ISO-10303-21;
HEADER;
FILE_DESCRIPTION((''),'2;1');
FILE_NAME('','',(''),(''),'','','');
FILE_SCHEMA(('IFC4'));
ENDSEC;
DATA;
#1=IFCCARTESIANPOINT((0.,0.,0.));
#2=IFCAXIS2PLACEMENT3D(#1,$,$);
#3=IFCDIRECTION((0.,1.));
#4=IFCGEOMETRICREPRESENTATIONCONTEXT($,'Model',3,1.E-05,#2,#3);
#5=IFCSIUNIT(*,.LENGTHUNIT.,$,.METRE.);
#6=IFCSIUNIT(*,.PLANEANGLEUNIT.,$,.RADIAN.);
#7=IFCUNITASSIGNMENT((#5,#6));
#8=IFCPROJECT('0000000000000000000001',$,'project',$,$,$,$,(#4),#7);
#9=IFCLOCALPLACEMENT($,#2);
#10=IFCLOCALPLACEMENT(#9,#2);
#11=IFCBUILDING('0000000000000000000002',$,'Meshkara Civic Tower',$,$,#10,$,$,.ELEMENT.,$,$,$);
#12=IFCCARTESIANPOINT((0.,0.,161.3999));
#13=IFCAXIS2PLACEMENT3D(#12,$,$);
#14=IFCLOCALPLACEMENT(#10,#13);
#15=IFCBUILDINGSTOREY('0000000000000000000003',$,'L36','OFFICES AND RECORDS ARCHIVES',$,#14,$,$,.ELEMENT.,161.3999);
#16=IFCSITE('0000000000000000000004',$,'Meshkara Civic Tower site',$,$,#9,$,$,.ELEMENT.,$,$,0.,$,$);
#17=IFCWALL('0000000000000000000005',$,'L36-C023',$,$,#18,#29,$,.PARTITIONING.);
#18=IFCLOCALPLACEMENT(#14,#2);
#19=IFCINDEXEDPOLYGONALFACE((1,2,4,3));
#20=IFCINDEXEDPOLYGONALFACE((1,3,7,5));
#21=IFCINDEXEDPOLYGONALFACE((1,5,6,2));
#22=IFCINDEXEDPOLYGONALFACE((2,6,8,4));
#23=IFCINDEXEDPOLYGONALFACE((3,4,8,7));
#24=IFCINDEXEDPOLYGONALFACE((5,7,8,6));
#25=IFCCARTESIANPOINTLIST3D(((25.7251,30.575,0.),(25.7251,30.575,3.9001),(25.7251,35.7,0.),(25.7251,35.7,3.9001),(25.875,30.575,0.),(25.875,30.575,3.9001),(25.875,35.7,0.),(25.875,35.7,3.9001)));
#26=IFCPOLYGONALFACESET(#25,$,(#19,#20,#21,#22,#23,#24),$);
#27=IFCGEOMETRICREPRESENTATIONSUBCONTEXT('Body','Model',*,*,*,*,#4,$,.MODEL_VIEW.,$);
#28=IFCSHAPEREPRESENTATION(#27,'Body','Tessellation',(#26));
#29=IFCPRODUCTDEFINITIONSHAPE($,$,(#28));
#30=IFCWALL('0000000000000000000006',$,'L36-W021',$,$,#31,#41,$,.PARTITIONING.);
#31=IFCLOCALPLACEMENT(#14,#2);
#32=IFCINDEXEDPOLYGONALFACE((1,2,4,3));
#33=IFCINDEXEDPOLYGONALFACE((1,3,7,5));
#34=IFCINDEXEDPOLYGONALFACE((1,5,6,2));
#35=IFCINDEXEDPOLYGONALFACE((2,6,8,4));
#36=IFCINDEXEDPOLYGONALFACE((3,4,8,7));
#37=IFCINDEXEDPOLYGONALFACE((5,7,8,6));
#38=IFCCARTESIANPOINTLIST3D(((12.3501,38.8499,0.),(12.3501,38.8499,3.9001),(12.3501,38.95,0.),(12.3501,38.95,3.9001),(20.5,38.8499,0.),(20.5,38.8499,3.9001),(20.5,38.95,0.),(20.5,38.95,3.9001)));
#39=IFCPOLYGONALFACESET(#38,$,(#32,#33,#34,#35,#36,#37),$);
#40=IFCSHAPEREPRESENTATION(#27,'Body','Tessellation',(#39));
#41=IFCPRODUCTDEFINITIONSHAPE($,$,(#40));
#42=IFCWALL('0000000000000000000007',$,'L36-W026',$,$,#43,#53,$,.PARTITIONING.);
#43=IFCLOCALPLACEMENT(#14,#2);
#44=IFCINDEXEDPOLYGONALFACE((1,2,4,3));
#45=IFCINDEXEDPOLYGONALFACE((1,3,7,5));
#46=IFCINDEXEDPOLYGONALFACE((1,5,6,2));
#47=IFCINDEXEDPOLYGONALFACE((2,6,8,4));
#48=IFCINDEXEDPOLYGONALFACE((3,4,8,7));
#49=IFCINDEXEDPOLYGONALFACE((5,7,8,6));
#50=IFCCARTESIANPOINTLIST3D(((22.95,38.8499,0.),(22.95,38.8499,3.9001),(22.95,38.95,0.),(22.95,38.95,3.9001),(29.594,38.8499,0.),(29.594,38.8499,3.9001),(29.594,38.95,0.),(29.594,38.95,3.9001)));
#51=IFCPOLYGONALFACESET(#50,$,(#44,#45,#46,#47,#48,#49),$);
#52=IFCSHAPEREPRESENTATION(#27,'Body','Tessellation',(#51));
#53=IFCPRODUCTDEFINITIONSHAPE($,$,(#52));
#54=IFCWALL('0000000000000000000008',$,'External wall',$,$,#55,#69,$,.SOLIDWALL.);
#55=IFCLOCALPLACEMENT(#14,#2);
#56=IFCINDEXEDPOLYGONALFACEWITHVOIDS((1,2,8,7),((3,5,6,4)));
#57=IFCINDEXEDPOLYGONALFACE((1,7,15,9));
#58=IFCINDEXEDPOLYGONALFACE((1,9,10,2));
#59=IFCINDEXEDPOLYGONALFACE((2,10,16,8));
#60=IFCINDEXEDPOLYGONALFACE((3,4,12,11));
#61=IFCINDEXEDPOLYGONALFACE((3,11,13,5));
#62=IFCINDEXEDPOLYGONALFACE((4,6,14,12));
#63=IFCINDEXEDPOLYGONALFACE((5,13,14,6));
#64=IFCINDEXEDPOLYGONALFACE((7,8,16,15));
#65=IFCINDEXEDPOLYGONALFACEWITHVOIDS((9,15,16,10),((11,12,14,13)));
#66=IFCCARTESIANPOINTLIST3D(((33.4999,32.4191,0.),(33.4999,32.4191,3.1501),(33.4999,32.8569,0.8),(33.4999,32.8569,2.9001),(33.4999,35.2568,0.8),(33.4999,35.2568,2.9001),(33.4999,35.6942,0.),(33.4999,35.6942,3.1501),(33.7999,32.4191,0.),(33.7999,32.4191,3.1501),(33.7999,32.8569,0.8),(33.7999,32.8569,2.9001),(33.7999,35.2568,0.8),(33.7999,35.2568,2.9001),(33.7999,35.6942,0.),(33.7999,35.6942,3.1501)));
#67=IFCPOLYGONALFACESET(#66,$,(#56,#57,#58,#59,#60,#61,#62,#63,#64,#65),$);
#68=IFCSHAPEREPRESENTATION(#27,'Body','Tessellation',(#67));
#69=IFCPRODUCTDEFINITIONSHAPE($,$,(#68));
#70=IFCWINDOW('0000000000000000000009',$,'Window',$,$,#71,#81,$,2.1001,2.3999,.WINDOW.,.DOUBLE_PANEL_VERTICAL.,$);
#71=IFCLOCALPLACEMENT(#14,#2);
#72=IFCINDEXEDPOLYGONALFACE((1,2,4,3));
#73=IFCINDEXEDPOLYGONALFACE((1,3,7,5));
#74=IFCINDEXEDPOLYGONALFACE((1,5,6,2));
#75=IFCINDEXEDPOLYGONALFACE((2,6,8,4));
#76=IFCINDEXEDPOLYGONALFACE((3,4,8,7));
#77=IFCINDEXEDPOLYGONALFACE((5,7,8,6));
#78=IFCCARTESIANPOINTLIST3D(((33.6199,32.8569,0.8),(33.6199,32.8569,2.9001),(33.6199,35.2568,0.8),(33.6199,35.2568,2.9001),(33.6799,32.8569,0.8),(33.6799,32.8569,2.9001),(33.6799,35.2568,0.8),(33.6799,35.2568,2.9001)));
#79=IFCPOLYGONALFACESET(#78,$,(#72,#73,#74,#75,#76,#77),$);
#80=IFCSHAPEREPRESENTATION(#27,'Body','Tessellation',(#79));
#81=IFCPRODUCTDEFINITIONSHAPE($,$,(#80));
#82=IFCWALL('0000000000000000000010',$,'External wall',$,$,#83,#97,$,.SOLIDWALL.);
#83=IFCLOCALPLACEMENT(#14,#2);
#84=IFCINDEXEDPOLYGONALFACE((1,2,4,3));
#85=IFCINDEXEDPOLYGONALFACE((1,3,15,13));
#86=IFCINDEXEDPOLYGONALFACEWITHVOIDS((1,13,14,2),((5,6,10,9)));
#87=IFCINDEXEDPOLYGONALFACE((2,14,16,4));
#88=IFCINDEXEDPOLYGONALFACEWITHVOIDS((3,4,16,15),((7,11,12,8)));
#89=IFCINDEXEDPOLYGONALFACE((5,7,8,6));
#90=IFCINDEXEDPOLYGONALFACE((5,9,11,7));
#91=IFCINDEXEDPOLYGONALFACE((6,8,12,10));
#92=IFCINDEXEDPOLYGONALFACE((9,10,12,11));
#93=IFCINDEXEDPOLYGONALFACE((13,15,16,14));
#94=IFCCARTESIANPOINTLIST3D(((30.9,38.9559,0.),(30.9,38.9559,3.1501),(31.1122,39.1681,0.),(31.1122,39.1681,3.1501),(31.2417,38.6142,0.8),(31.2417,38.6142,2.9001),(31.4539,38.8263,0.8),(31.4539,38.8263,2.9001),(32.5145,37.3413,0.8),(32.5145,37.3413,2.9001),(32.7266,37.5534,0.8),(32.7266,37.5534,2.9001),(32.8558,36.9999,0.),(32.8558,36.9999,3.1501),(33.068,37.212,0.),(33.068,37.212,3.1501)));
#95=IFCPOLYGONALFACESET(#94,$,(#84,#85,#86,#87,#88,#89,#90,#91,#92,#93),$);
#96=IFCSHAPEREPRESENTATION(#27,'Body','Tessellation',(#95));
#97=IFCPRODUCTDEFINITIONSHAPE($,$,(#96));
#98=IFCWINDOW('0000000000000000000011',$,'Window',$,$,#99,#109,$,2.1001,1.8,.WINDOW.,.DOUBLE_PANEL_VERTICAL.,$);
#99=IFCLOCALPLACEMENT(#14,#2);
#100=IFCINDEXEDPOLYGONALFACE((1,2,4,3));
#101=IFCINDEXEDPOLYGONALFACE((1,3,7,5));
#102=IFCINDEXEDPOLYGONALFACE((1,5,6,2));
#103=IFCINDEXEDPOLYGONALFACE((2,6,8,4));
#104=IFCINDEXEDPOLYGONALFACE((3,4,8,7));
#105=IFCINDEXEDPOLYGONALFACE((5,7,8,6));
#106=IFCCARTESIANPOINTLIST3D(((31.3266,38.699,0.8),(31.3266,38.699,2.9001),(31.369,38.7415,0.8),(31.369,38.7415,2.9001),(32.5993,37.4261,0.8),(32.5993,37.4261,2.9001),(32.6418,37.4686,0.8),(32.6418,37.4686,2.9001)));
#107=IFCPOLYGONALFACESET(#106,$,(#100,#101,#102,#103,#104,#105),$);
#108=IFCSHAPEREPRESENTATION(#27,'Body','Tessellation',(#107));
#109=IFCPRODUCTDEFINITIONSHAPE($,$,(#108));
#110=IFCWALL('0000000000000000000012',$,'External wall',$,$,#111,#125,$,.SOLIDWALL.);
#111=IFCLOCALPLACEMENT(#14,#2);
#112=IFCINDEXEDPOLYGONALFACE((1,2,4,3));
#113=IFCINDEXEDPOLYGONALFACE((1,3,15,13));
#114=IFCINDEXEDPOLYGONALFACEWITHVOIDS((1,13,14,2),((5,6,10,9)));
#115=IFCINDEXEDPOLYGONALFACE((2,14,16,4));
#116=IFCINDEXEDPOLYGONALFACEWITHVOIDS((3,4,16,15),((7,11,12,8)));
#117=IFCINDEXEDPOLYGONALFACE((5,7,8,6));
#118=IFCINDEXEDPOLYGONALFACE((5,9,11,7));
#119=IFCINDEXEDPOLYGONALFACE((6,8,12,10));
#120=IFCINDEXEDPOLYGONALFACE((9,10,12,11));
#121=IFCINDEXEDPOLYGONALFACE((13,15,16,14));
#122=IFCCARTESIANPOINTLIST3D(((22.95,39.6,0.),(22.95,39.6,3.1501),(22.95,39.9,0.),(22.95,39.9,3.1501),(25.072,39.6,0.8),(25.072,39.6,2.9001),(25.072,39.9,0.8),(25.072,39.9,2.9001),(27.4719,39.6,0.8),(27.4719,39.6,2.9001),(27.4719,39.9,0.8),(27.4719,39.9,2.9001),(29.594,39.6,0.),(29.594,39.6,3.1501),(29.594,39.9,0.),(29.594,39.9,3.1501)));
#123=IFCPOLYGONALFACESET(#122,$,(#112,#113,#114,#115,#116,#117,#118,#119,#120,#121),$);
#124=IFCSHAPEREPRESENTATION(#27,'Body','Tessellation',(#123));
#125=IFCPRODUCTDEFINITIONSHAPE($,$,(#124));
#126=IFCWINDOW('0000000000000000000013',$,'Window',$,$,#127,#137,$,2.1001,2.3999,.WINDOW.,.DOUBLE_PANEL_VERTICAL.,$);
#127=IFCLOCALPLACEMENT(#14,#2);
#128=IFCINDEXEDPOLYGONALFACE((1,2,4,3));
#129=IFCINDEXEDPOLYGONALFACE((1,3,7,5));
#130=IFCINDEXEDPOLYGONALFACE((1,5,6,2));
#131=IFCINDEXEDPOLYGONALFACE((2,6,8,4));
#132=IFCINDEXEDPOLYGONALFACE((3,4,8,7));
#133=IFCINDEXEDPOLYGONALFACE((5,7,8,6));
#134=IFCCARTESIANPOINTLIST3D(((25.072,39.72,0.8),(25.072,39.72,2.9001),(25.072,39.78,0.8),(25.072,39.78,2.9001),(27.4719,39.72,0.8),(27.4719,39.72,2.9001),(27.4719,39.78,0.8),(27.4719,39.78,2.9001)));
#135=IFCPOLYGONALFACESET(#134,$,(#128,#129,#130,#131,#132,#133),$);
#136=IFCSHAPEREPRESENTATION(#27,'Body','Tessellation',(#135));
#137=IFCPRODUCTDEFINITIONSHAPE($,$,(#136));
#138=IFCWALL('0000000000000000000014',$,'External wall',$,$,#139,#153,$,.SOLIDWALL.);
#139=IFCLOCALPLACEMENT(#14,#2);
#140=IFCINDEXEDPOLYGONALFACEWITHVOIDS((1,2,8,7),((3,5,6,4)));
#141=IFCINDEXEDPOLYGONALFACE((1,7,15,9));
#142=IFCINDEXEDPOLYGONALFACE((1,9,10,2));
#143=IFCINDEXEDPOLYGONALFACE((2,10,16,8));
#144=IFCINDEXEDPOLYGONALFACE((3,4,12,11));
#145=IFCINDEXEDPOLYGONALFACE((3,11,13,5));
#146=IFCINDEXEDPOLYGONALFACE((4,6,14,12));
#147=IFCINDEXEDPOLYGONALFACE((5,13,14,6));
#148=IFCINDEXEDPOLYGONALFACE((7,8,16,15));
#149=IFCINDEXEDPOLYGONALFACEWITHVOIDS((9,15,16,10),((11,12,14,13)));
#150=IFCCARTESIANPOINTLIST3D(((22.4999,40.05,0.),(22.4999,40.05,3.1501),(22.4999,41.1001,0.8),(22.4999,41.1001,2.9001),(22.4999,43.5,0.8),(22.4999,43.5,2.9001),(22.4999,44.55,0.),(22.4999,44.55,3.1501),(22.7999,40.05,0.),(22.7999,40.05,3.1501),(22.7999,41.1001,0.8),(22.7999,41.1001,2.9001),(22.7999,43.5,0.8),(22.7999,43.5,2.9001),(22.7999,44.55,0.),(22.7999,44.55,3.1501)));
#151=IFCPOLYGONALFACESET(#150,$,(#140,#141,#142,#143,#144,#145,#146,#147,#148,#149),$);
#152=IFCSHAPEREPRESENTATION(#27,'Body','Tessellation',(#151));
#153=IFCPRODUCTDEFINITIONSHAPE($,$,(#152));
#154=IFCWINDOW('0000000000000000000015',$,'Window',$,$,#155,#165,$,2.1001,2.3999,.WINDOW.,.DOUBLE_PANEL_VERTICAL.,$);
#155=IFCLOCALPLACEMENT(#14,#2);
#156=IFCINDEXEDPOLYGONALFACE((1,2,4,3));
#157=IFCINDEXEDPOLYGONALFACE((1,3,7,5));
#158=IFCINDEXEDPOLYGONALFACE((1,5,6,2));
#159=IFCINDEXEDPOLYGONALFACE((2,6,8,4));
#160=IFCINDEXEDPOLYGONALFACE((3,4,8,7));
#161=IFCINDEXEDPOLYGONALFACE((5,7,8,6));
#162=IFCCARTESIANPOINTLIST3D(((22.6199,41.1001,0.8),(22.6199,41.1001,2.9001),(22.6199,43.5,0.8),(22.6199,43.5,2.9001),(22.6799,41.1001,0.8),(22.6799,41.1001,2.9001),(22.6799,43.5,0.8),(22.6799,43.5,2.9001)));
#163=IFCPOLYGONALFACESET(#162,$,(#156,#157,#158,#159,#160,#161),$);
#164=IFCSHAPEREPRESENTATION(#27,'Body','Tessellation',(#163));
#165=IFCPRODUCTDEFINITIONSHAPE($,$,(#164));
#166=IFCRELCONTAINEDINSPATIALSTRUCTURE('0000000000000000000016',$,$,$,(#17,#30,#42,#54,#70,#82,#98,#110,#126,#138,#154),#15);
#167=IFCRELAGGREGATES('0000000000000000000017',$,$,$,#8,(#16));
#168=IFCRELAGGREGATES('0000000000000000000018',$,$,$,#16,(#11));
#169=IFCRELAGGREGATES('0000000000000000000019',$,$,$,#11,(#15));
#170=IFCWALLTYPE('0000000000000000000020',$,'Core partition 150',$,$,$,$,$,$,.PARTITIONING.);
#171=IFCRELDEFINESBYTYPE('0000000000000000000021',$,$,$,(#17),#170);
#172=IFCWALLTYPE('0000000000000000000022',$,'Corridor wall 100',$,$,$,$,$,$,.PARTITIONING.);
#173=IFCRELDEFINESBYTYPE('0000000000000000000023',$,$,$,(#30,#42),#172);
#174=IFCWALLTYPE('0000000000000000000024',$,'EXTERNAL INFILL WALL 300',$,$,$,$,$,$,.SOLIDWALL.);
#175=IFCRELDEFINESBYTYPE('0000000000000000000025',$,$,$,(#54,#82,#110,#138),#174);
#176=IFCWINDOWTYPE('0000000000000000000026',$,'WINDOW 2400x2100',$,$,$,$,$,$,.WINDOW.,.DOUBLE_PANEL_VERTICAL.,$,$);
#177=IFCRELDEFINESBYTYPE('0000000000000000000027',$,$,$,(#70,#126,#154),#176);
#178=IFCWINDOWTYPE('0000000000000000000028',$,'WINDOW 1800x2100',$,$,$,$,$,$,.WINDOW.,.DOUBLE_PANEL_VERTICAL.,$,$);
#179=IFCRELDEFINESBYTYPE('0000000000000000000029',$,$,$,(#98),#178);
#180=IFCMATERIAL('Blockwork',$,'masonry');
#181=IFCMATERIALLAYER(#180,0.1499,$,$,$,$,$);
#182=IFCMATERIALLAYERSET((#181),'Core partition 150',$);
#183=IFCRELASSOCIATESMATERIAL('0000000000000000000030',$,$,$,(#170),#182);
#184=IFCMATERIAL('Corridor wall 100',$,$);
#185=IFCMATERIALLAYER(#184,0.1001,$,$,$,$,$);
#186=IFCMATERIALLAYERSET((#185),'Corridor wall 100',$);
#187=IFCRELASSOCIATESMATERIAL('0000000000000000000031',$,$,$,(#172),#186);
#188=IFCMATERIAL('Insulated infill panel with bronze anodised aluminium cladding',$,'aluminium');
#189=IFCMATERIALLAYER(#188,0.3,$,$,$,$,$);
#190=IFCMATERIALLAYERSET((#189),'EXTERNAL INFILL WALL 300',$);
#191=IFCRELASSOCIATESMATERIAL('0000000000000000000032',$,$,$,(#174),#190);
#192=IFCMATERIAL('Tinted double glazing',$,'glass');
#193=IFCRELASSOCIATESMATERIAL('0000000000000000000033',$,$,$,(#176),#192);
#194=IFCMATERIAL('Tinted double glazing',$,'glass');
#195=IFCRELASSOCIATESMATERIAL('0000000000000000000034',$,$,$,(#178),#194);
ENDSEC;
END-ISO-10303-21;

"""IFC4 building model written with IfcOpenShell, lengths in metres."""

from ifc_helpers import new_model, si_unit, direction, frame, frame_2d, origin, place, context, subcontext, project, spatial, rectangle, extrude, material, layer, layer_set, type_object, element, fill, save


model = new_model("IFC4")

# Units and contexts
model_context = context("Model", 3, precision=1e-05, world=origin(), true_north=direction((0.0, 1.0)))
body_context = subcontext(model_context, "Body", "Model", "MODEL_VIEW")
ifc_project = project(units=[si_unit("LENGTHUNIT", "METRE"), si_unit("PLANEANGLEUNIT", "RADIAN")], contexts=[model_context])

# Site, building, storey
site_placement = place(None, origin())
site = spatial("IfcSite", under=ifc_project, at=site_placement, Name="Meshkara Civic Tower site", CompositionType="ELEMENT", RefElevation=0.0)
building_placement = place(site_placement, origin())
building = spatial("IfcBuilding", under=site, at=building_placement, Name="Meshkara Civic Tower", CompositionType="ELEMENT")
storey_placement = place(building_placement, frame((0.0, 0.0, 161.3999)))
storey = spatial("IfcBuildingStorey", under=building, at=storey_placement, Name="L36", Description="OFFICES AND RECORDS ARCHIVES", CompositionType="ELEMENT", Elevation=161.3999)

# Shared definitions
ifc_material_1 = material(Name="Blockwork", Category="masonry")
ifc_layer_1 = layer(ifc_material_1, 0.1499)
ifc_layer_set_1 = layer_set([ifc_layer_1], Name="Core partition 150")
wall_type_1 = type_object("IfcWallType", Name="Core partition 150", PredefinedType="PARTITIONING", material=ifc_layer_set_1)

# Walls
for number, where, z_axis, x_axis, name in (
    (1, (25.8, 30.575, 0.0), (0.0, 0.0, 1.0), (0.0, 1.0, 0.0), "L36-C023"),
):
    element("IfcWall", number, at=place(storey_placement, frame(where, z_axis=z_axis, x_axis=x_axis)), inside=storey, type_object=wall_type_1, Name=name, PredefinedType="PARTITIONING", context=body_context, shape_type="SweptSolid", body=[
        extrude(rectangle(XDim=5.125, YDim=0.1499, at=frame_2d((2.5625, 0.0))), origin(), (0.0, 0.0, 1.0), 3.9001),
    ])
ifc_material_2 = material(Name="Corridor wall 100")
ifc_layer_2 = layer(ifc_material_2, 0.1001)
ifc_layer_set_2 = layer_set([ifc_layer_2], Name="Corridor wall 100")
wall_type_2 = type_object("IfcWallType", Name="Corridor wall 100", PredefinedType="PARTITIONING", material=ifc_layer_set_2)
wall_1_placement = place(storey_placement, frame((20.5, 38.8999, 0.0), z_axis=(0.0, 0.0, 1.0), x_axis=(-1.0, 0.0, 0.0)))
element("IfcWall", 2, at=wall_1_placement, inside=storey, type_object=wall_type_2, Name="L36-W021", PredefinedType="PARTITIONING", context=body_context, shape_type="SweptSolid", body=[
    extrude(rectangle(XDim=8.1499, YDim=0.1001, at=frame_2d((4.075, 0.0))), origin(), (0.0, 0.0, 1.0), 3.9001),
])
wall_2_placement = place(storey_placement, frame((29.594, 38.8999, 0.0), z_axis=(0.0, 0.0, 1.0), x_axis=(-1.0, 0.0, 0.0)))
element("IfcWall", 3, at=wall_2_placement, inside=storey, type_object=wall_type_2, Name="L36-W026", PredefinedType="PARTITIONING", context=body_context, shape_type="SweptSolid", body=[
    extrude(rectangle(XDim=6.644, YDim=0.1001, at=frame_2d((3.322, 0.0))), origin(), (0.0, 0.0, 1.0), 3.9001),
])

# Walls, openings, windows
ifc_material_3 = material(Name="Insulated infill panel with bronze anodised aluminium cladding", Category="aluminium")
ifc_layer_3 = layer(ifc_material_3, 0.3)
ifc_layer_set_3 = layer_set([ifc_layer_3], Name="EXTERNAL INFILL WALL 300")
wall_type_3 = type_object("IfcWallType", Name="EXTERNAL INFILL WALL 300", PredefinedType="SOLIDWALL", material=ifc_layer_set_3)
wall_3_placement = place(storey_placement, frame((33.6499, 32.4189, 0.0), z_axis=(0.0, 0.0, 1.0), x_axis=(0.0, 1.0, 0.0)))
wall_3 = element("IfcWall", 4, at=wall_3_placement, inside=storey, type_object=wall_type_3, Name="External wall", PredefinedType="SOLIDWALL", context=body_context, shape_type="SweptSolid", body=[
    extrude(rectangle(XDim=3.2751, YDim=0.3, at=frame_2d((1.6377, 0.0))), origin(), (0.0, 0.0, 1.0), 3.1501),
])
opening_1_placement = place(wall_3_placement, frame((0.438, 0.0, 0.8)))
opening_1 = element("IfcOpeningElement", 5, at=opening_1_placement, cuts=wall_3, PredefinedType="OPENING", context=body_context, shape_type="SweptSolid", body=[
    extrude(rectangle(XDim=2.3999, YDim=2.1001, at=frame_2d((1.2, 1.05))), frame((0.0, 0.1599, 0.0), z_axis=(0.0, -1.0, 0.0), x_axis=(1.0, 0.0, 0.0)), (0.0, 0.0, 1.0), 0.3201),
])
ifc_material_4 = material(Name="Tinted double glazing", Category="glass")
window_type_1 = type_object("IfcWindowType", Name="WINDOW 2400x2100", PartitioningType="DOUBLE_PANEL_VERTICAL", PredefinedType="WINDOW", material=ifc_material_4)
window_1_placement = place(opening_1_placement, origin())
window_1 = element("IfcWindow", 6, at=window_1_placement, inside=storey, type_object=window_type_1, Name="Window", OverallHeight=2.1001, OverallWidth=2.3999, PartitioningType="DOUBLE_PANEL_VERTICAL", PredefinedType="WINDOW", context=body_context, shape_type="SweptSolid", body=[
    extrude(rectangle(XDim=2.3999, YDim=2.1001, at=frame_2d((1.2, 1.05))), frame((0.0, 0.03, 0.0), z_axis=(0.0, -1.0, 0.0), x_axis=(1.0, 0.0, 0.0)), (0.0, 0.0, 1.0), 0.0601),
])
fill(opening_1, window_1)
wall_4_placement = place(storey_placement, frame((32.9619, 37.106, 0.0), z_axis=(0.0, 0.0, 1.0), x_axis=(-0.707063, 0.707151, 0.0)))
wall_4 = element("IfcWall", 7, at=wall_4_placement, inside=storey, type_object=wall_type_3, Name="External wall", PredefinedType="SOLIDWALL", context=body_context, shape_type="SweptSolid", body=[
    extrude(rectangle(XDim=2.7661, YDim=0.3, at=frame_2d((1.3831, 0.0))), origin(), (0.0, 0.0, 1.0), 3.1501),
])
opening_2_placement = place(wall_4_placement, frame((0.4829, 0.0, 0.8)))
opening_2 = element("IfcOpeningElement", 8, at=opening_2_placement, cuts=wall_4, PredefinedType="OPENING", context=body_context, shape_type="SweptSolid", body=[
    extrude(rectangle(XDim=1.8, YDim=2.1001, at=frame_2d((0.8999, 1.05))), frame((0.0, 0.1599, 0.0), z_axis=(0.0, -1.0, 0.0), x_axis=(1.0, 0.0, 0.0)), (0.0, 0.0, 1.0), 0.3201),
])
ifc_material_5 = material(Name="Tinted double glazing", Category="glass")
window_type_2 = type_object("IfcWindowType", Name="WINDOW 1800x2100", PartitioningType="DOUBLE_PANEL_VERTICAL", PredefinedType="WINDOW", material=ifc_material_5)
window_2_placement = place(opening_2_placement, origin())
window_2 = element("IfcWindow", 9, at=window_2_placement, inside=storey, type_object=window_type_2, Name="Window", OverallHeight=2.1001, OverallWidth=1.8, PartitioningType="DOUBLE_PANEL_VERTICAL", PredefinedType="WINDOW", context=body_context, shape_type="SweptSolid", body=[
    extrude(rectangle(XDim=1.8, YDim=2.1001, at=frame_2d((0.8999, 1.05))), frame((0.0, 0.03, 0.0), z_axis=(0.0, -1.0, 0.0), x_axis=(1.0, 0.0, 0.0)), (0.0, 0.0, 1.0), 0.0601),
])
fill(opening_2, window_2)
wall_5_placement = place(storey_placement, frame((29.594, 39.75, 0.0), z_axis=(0.0, 0.0, 1.0), x_axis=(-1.0, 0.0, 0.0)))
wall_5 = element("IfcWall", 10, at=wall_5_placement, inside=storey, type_object=wall_type_3, Name="External wall", PredefinedType="SOLIDWALL", context=body_context, shape_type="SweptSolid", body=[
    extrude(rectangle(XDim=6.644, YDim=0.3, at=frame_2d((3.322, 0.0))), origin(), (0.0, 0.0, 1.0), 3.1501),
])
opening_3_placement = place(wall_5_placement, frame((2.1221, 0.0, 0.8)))
opening_3 = element("IfcOpeningElement", 11, at=opening_3_placement, cuts=wall_5, PredefinedType="OPENING", context=body_context, shape_type="SweptSolid", body=[
    extrude(rectangle(XDim=2.3999, YDim=2.1001, at=frame_2d((1.2, 1.05))), frame((0.0, 0.1599, 0.0), z_axis=(0.0, -1.0, 0.0), x_axis=(1.0, 0.0, 0.0)), (0.0, 0.0, 1.0), 0.3201),
])
window_3_placement = place(opening_3_placement, origin())
window_3 = element("IfcWindow", 12, at=window_3_placement, inside=storey, type_object=window_type_1, Name="Window", OverallHeight=2.1001, OverallWidth=2.3999, PartitioningType="DOUBLE_PANEL_VERTICAL", PredefinedType="WINDOW", context=body_context, shape_type="SweptSolid", body=[
    extrude(rectangle(XDim=2.3999, YDim=2.1001, at=frame_2d((1.2, 1.05))), frame((0.0, 0.03, 0.0), z_axis=(0.0, -1.0, 0.0), x_axis=(1.0, 0.0, 0.0)), (0.0, 0.0, 1.0), 0.0601),
])
fill(opening_3, window_3)
wall_6_placement = place(storey_placement, frame((22.6499, 40.05, 0.0), z_axis=(0.0, 0.0, 1.0), x_axis=(0.0, 1.0, 0.0)))
wall_6 = element("IfcWall", 13, at=wall_6_placement, inside=storey, type_object=wall_type_3, Name="External wall", PredefinedType="SOLIDWALL", context=body_context, shape_type="SweptSolid", body=[
    extrude(rectangle(XDim=4.5, YDim=0.3, at=frame_2d((2.25, 0.0))), origin(), (0.0, 0.0, 1.0), 3.1501),
])
opening_4_placement = place(wall_6_placement, frame((1.05, 0.0, 0.8)))
opening_4 = element("IfcOpeningElement", 14, at=opening_4_placement, cuts=wall_6, PredefinedType="OPENING", context=body_context, shape_type="SweptSolid", body=[
    extrude(rectangle(XDim=2.3999, YDim=2.1001, at=frame_2d((1.2, 1.05))), frame((0.0, 0.1599, 0.0), z_axis=(0.0, -1.0, 0.0), x_axis=(1.0, 0.0, 0.0)), (0.0, 0.0, 1.0), 0.3201),
])
window_4_placement = place(opening_4_placement, origin())
window_4 = element("IfcWindow", 15, at=window_4_placement, inside=storey, type_object=window_type_1, Name="Window", OverallHeight=2.1001, OverallWidth=2.3999, PartitioningType="DOUBLE_PANEL_VERTICAL", PredefinedType="WINDOW", context=body_context, shape_type="SweptSolid", body=[
    extrude(rectangle(XDim=2.3999, YDim=2.1001, at=frame_2d((1.2, 1.05))), frame((0.0, 0.03, 0.0), z_axis=(0.0, -1.0, 0.0), x_axis=(1.0, 0.0, 0.0)), (0.0, 0.0, 1.0), 0.0601),
])
fill(opening_4, window_4)

save(model, "model.ifc")
